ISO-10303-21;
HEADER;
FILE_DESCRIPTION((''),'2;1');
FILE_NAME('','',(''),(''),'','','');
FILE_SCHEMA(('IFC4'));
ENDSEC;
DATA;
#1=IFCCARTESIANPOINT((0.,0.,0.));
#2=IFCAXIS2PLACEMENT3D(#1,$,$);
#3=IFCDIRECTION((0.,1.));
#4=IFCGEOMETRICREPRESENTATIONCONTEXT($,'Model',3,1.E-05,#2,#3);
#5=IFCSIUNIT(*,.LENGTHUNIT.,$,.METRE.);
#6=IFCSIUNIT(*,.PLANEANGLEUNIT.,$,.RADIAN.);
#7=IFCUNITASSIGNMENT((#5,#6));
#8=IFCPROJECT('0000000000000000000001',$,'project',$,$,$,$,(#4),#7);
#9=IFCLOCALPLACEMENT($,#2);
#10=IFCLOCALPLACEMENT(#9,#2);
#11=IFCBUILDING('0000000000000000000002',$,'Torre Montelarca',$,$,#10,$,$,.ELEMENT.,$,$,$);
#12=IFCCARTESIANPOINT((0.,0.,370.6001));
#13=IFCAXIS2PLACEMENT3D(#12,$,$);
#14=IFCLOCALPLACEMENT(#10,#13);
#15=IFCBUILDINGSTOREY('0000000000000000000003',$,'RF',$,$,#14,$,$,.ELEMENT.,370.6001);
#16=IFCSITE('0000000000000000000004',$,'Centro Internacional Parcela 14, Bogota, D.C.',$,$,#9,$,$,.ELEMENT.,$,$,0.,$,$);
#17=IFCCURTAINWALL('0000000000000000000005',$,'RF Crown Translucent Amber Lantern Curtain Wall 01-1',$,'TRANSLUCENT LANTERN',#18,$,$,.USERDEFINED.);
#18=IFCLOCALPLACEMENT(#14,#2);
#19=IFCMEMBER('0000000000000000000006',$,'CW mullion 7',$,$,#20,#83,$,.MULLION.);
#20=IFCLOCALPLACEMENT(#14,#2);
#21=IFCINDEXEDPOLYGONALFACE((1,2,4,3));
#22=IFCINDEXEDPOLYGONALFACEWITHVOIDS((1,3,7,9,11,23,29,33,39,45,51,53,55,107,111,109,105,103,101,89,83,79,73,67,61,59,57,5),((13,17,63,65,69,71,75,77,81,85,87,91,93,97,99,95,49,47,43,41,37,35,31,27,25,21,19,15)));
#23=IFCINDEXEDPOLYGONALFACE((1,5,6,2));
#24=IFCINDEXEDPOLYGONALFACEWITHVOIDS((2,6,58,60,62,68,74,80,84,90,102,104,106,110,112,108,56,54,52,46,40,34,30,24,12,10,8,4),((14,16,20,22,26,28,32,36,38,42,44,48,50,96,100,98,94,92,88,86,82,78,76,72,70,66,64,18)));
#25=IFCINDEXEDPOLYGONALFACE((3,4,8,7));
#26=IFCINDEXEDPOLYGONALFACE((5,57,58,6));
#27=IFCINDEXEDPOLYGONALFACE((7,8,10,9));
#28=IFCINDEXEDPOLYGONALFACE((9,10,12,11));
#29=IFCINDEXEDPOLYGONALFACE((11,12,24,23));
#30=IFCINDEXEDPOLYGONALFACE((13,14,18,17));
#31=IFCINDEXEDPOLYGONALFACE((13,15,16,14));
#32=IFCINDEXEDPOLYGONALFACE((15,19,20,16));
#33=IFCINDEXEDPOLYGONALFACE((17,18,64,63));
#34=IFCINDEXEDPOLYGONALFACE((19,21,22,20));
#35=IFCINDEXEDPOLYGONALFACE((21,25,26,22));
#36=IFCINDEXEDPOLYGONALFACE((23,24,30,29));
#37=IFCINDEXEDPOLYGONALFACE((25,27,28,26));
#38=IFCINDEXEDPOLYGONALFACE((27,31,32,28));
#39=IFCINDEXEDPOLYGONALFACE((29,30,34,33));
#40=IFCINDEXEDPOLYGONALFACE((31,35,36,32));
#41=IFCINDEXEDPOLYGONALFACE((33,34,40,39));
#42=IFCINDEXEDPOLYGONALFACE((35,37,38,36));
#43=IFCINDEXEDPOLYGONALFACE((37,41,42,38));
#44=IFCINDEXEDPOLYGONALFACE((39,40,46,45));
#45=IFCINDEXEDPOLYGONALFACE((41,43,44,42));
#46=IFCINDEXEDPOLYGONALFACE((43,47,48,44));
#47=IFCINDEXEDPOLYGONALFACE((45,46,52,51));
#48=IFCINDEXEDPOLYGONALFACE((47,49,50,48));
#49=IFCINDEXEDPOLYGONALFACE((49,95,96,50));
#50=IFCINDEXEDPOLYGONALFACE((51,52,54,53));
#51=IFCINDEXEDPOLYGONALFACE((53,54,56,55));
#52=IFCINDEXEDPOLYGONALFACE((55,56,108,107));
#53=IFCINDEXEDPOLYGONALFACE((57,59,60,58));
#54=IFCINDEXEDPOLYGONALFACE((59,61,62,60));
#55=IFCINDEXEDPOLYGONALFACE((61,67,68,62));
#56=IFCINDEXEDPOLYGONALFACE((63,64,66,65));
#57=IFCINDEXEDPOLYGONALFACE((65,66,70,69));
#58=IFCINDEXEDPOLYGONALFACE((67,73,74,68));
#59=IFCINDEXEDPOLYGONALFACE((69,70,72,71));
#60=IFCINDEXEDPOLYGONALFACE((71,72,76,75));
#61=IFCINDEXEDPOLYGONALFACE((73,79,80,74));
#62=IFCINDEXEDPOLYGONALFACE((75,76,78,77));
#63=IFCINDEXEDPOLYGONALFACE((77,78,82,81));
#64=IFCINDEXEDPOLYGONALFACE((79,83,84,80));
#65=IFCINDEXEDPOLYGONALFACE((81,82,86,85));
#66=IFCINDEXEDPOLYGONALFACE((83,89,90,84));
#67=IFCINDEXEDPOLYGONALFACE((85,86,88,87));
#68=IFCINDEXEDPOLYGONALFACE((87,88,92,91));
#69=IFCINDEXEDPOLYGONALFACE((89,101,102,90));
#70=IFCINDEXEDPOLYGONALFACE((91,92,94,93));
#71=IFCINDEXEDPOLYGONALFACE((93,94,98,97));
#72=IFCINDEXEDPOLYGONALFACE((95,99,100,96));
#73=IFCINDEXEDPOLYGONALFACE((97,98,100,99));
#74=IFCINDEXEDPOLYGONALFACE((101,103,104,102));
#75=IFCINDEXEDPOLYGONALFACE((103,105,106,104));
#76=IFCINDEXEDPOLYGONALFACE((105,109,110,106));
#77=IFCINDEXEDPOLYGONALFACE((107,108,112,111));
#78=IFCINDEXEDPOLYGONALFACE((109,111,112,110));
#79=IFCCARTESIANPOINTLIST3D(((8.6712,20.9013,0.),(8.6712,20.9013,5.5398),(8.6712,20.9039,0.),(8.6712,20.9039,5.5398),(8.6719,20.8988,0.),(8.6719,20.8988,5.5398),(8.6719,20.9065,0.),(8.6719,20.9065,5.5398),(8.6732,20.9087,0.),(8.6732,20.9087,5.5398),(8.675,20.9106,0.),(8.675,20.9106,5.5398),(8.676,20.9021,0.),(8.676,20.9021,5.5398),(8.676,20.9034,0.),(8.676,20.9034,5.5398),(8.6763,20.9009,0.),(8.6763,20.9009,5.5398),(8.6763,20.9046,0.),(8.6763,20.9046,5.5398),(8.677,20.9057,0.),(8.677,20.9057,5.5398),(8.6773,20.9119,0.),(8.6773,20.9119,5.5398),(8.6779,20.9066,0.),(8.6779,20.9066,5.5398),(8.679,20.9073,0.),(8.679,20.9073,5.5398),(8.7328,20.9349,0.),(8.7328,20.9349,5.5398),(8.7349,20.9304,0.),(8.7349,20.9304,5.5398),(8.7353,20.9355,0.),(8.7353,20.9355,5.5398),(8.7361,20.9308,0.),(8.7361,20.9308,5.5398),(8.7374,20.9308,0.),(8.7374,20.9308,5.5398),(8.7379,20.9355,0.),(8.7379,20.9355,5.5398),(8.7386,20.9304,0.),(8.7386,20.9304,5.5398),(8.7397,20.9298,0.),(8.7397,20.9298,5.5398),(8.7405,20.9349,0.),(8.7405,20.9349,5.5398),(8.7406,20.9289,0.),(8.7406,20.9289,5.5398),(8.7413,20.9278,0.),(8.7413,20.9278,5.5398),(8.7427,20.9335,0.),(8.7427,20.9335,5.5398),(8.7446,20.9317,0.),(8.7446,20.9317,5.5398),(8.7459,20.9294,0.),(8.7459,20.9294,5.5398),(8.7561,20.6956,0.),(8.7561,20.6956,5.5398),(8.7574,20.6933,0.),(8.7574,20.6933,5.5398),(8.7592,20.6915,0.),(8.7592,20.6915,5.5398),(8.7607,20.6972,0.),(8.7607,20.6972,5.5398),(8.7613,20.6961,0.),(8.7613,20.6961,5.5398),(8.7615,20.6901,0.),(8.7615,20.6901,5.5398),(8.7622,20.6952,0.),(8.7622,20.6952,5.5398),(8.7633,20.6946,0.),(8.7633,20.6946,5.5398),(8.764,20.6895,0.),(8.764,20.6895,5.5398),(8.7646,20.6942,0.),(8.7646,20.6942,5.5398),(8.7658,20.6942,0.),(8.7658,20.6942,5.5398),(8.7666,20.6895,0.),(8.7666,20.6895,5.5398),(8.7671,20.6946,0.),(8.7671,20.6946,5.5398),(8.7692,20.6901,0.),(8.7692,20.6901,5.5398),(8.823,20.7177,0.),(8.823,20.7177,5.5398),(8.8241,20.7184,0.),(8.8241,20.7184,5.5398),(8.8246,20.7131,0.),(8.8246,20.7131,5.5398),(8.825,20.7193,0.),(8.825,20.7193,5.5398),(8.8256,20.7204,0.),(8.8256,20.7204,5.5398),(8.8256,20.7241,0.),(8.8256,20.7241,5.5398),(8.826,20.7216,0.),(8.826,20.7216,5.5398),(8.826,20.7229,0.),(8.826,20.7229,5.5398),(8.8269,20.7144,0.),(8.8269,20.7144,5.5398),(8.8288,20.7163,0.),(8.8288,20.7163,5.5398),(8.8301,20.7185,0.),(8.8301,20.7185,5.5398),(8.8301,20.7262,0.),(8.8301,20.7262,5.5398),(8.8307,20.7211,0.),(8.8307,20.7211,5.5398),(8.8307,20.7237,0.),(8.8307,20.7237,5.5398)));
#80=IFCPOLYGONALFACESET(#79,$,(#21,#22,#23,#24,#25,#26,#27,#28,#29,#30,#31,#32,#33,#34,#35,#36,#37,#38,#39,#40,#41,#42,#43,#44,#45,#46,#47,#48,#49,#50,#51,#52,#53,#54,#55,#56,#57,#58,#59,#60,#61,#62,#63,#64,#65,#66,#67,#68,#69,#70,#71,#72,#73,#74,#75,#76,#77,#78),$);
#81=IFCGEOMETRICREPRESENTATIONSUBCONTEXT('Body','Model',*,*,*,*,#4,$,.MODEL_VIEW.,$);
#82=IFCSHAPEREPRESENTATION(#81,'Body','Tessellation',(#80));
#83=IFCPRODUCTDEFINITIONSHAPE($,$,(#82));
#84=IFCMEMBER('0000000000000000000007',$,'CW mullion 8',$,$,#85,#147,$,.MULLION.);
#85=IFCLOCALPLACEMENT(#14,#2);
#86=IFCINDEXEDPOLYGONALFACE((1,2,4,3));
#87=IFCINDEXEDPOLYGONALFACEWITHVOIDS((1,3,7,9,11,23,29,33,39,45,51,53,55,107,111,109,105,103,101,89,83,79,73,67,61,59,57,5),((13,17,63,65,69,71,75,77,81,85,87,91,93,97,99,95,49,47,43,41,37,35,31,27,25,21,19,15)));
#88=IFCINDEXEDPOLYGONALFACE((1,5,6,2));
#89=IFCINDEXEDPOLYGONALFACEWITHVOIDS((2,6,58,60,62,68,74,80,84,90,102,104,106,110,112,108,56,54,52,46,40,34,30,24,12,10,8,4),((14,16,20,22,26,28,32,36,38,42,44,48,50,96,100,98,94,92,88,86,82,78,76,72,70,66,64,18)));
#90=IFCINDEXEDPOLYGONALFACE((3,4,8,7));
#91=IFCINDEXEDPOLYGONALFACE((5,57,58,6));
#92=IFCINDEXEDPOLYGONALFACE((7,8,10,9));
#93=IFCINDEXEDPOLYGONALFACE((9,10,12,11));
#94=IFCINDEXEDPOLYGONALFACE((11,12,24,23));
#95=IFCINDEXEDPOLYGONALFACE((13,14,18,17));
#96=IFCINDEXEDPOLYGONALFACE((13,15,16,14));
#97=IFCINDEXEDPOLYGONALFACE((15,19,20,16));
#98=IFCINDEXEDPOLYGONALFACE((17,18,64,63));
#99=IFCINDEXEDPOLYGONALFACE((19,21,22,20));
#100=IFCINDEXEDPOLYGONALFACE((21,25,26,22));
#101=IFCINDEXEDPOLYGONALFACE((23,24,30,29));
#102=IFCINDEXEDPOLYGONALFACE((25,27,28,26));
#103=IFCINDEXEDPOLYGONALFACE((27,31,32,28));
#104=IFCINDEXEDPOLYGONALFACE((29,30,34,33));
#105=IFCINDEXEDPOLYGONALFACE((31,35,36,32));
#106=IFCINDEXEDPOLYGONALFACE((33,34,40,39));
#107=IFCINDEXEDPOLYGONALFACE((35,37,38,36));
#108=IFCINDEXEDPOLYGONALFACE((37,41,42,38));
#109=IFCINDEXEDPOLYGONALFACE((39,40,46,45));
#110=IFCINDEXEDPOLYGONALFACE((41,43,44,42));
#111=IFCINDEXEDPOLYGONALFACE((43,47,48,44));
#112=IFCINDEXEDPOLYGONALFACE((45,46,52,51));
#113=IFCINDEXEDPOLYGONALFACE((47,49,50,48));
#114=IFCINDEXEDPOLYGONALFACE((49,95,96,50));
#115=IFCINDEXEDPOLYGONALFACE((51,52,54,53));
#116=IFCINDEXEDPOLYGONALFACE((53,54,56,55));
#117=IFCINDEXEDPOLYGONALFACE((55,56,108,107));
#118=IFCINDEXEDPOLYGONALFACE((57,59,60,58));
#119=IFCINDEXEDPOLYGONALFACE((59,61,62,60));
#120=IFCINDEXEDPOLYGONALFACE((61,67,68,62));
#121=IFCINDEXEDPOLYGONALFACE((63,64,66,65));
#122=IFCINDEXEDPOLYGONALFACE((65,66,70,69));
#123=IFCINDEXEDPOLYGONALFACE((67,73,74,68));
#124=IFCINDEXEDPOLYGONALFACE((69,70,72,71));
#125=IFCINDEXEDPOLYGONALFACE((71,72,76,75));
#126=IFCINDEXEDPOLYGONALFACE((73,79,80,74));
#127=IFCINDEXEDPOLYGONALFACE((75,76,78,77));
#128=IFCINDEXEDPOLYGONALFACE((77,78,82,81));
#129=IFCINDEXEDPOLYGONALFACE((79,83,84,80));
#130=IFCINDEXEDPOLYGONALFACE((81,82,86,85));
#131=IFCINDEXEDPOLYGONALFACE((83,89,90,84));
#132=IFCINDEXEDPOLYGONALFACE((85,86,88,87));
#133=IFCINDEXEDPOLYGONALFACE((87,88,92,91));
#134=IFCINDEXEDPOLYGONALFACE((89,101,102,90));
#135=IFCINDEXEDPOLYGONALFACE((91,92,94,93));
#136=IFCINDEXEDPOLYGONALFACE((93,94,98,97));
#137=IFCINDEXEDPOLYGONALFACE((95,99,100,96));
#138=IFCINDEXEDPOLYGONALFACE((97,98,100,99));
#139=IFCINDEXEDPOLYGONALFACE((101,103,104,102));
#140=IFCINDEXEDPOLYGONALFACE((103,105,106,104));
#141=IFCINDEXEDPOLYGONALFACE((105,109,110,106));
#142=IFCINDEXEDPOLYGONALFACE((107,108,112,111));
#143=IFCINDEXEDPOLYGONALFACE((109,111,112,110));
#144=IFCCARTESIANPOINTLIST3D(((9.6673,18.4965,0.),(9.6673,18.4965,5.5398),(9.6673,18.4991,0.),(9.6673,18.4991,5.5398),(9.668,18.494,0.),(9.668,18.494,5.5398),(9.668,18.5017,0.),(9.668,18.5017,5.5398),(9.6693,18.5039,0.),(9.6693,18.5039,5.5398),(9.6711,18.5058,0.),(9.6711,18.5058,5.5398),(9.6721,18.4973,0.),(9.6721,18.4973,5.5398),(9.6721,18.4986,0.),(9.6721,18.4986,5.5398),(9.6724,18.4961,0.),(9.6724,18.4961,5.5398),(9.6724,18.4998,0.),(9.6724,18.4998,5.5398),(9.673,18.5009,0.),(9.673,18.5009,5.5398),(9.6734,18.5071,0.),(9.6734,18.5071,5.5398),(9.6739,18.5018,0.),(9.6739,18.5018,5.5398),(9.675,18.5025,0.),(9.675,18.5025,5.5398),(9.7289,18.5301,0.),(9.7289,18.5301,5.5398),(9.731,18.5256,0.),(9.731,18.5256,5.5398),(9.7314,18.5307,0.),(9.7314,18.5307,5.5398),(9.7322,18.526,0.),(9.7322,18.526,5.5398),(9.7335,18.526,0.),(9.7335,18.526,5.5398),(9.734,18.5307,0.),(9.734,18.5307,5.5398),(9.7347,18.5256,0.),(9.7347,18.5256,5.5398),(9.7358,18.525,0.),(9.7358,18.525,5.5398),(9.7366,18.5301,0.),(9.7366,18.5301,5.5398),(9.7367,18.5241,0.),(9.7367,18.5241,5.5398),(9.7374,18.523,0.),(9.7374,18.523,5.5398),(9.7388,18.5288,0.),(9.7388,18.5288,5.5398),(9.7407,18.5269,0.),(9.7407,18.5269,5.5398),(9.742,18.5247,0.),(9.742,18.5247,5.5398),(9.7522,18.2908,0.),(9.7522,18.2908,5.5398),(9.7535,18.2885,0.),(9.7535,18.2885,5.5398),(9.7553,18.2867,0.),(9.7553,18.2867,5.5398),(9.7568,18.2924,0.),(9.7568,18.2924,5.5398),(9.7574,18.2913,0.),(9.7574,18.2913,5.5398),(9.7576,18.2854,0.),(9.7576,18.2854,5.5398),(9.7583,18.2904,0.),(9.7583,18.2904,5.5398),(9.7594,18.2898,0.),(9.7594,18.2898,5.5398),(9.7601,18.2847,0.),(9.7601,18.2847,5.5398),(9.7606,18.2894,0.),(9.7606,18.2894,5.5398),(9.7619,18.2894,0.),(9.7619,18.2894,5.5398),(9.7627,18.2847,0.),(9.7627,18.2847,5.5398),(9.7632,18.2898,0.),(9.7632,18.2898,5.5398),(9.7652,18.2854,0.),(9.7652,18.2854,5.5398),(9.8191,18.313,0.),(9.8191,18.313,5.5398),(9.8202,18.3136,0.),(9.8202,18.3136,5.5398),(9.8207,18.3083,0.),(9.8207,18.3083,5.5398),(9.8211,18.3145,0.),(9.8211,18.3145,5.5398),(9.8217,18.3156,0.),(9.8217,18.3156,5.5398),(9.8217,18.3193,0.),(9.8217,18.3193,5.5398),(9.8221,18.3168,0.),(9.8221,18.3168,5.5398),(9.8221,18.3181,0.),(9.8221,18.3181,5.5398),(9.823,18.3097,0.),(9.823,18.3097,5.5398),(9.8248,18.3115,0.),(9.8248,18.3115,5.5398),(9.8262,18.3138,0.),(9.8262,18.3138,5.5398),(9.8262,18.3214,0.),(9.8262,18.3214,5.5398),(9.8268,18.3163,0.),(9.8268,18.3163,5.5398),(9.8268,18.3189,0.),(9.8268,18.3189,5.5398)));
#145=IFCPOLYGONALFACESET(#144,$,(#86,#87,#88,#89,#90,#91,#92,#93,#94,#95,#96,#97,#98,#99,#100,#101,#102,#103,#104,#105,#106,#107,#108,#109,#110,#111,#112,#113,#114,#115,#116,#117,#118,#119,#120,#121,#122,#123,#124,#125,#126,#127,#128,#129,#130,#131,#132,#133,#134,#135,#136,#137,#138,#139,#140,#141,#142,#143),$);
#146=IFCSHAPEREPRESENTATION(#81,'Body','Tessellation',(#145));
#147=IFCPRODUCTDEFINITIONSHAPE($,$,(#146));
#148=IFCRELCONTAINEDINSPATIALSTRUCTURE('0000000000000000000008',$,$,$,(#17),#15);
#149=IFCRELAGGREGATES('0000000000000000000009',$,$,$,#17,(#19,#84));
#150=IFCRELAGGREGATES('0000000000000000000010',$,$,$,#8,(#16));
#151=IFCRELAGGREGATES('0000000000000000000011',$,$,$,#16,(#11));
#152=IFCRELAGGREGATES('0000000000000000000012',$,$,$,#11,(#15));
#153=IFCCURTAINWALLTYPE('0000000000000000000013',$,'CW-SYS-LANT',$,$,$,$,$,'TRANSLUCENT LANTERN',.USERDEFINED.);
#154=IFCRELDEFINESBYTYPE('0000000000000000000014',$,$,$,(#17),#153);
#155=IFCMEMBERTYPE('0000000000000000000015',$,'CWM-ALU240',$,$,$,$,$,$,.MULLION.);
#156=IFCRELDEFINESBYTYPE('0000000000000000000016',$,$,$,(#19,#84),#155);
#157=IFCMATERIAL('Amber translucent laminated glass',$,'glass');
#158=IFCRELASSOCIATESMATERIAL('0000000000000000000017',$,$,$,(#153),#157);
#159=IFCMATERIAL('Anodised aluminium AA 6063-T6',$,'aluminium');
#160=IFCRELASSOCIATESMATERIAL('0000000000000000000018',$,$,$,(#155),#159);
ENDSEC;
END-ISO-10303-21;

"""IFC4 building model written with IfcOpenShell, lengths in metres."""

from ifc_helpers import new_model, si_unit, direction, frame, origin, origin_2d, place, context, subcontext, project, spatial, hollow_rectangle, extrude, source, transform, mapped, material, material_profile, profile_set, type_object, element, aggregate, save


model = new_model("IFC4")

# Units and contexts
model_context = context("Model", 3, precision=1e-05, world=origin(), true_north=direction((0.0, 1.0)))
body_context = subcontext(model_context, "Body", "Model", "MODEL_VIEW")
ifc_project = project(units=[si_unit("LENGTHUNIT", "METRE"), si_unit("PLANEANGLEUNIT", "RADIAN")], contexts=[model_context])

# Site, building, storey
site_placement = place(None, origin())
site = spatial("IfcSite", under=ifc_project, at=site_placement, Name="Centro Internacional Parcela 14, Bogota, D.C.", CompositionType="ELEMENT", RefElevation=0.0)
building_placement = place(site_placement, origin())
building = spatial("IfcBuilding", under=site, at=building_placement, Name="Torre Montelarca", CompositionType="ELEMENT")
storey_placement = place(building_placement, frame((0.0, 0.0, 370.6001)))
storey = spatial("IfcBuildingStorey", under=building, at=storey_placement, Name="RF", CompositionType="ELEMENT", Elevation=370.6001)

# Curtain wall, members
ifc_material_1 = material(Name="Amber translucent laminated glass", Category="glass")
curtain_wall_type = type_object("IfcCurtainWallType", Name="CW-SYS-LANT", ElementType="TRANSLUCENT LANTERN", PredefinedType="USERDEFINED", material=ifc_material_1)
curtain_wall_1_placement = place(storey_placement, origin())
curtain_wall_1 = element("IfcCurtainWall", 1, at=curtain_wall_1_placement, inside=storey, type_object=curtain_wall_type, Name="RF Crown Translucent Amber Lantern Curtain Wall 01-1", ObjectType="TRANSLUCENT LANTERN", PredefinedType="USERDEFINED")
ifc_material_2 = material(Name="Anodised aluminium AA 6063-T6", Category="aluminium")
ifc_material_profile_1 = material_profile(ifc_material_2, hollow_rectangle(XDim=0.0801, YDim=0.24, WallThickness=0.0049, InnerFilletRadius=0.0049, OuterFilletRadius=0.01, at=origin_2d()), Name="ALU80X240X5", Category="aluminium")
ifc_profile_set_1 = profile_set([ifc_material_profile_1], Name="Anodised aluminium AA 6063-T6")
member_type_1 = type_object("IfcMemberType", Name="CWM-ALU240", PredefinedType="MULLION", material=ifc_profile_set_1)
shared_shape_1 = source(origin(), body_context, "Body", "SweptSolid", [
    extrude(hollow_rectangle(XDim=0.0801, YDim=0.24, WallThickness=0.0049, InnerFilletRadius=0.0049, OuterFilletRadius=0.01, at=origin_2d()), origin(), (0.0, 0.0, 1.0), 5.5398),
])
member_1_placement = place(storey_placement, frame((8.751, 20.8125, 0.0), z_axis=(0.0, 0.0, 1.0), x_axis=(0.923879, 0.382685, 0.0)))
member_1 = element("IfcMember", 2, at=member_1_placement, type_object=member_type_1, Name="CW mullion 7", PredefinedType="MULLION", context=body_context, shape_type="MappedRepresentation", body=[
    mapped(shared_shape_1, transform((0.0, 0.0, 0.0), scale=1.0)),
])
member_2_placement = place(storey_placement, frame((9.7471, 18.4077, 0.0), z_axis=(0.0, 0.0, 1.0), x_axis=(0.923879, 0.382685, 0.0)))
member_2 = element("IfcMember", 3, at=member_2_placement, type_object=member_type_1, Name="CW mullion 8", PredefinedType="MULLION", context=body_context, shape_type="MappedRepresentation", body=[
    mapped(shared_shape_1, transform((0.0, 0.0, 0.0), scale=1.0)),
])

aggregate(curtain_wall_1, [member_1, member_2])

save(model, "model.ifc")
